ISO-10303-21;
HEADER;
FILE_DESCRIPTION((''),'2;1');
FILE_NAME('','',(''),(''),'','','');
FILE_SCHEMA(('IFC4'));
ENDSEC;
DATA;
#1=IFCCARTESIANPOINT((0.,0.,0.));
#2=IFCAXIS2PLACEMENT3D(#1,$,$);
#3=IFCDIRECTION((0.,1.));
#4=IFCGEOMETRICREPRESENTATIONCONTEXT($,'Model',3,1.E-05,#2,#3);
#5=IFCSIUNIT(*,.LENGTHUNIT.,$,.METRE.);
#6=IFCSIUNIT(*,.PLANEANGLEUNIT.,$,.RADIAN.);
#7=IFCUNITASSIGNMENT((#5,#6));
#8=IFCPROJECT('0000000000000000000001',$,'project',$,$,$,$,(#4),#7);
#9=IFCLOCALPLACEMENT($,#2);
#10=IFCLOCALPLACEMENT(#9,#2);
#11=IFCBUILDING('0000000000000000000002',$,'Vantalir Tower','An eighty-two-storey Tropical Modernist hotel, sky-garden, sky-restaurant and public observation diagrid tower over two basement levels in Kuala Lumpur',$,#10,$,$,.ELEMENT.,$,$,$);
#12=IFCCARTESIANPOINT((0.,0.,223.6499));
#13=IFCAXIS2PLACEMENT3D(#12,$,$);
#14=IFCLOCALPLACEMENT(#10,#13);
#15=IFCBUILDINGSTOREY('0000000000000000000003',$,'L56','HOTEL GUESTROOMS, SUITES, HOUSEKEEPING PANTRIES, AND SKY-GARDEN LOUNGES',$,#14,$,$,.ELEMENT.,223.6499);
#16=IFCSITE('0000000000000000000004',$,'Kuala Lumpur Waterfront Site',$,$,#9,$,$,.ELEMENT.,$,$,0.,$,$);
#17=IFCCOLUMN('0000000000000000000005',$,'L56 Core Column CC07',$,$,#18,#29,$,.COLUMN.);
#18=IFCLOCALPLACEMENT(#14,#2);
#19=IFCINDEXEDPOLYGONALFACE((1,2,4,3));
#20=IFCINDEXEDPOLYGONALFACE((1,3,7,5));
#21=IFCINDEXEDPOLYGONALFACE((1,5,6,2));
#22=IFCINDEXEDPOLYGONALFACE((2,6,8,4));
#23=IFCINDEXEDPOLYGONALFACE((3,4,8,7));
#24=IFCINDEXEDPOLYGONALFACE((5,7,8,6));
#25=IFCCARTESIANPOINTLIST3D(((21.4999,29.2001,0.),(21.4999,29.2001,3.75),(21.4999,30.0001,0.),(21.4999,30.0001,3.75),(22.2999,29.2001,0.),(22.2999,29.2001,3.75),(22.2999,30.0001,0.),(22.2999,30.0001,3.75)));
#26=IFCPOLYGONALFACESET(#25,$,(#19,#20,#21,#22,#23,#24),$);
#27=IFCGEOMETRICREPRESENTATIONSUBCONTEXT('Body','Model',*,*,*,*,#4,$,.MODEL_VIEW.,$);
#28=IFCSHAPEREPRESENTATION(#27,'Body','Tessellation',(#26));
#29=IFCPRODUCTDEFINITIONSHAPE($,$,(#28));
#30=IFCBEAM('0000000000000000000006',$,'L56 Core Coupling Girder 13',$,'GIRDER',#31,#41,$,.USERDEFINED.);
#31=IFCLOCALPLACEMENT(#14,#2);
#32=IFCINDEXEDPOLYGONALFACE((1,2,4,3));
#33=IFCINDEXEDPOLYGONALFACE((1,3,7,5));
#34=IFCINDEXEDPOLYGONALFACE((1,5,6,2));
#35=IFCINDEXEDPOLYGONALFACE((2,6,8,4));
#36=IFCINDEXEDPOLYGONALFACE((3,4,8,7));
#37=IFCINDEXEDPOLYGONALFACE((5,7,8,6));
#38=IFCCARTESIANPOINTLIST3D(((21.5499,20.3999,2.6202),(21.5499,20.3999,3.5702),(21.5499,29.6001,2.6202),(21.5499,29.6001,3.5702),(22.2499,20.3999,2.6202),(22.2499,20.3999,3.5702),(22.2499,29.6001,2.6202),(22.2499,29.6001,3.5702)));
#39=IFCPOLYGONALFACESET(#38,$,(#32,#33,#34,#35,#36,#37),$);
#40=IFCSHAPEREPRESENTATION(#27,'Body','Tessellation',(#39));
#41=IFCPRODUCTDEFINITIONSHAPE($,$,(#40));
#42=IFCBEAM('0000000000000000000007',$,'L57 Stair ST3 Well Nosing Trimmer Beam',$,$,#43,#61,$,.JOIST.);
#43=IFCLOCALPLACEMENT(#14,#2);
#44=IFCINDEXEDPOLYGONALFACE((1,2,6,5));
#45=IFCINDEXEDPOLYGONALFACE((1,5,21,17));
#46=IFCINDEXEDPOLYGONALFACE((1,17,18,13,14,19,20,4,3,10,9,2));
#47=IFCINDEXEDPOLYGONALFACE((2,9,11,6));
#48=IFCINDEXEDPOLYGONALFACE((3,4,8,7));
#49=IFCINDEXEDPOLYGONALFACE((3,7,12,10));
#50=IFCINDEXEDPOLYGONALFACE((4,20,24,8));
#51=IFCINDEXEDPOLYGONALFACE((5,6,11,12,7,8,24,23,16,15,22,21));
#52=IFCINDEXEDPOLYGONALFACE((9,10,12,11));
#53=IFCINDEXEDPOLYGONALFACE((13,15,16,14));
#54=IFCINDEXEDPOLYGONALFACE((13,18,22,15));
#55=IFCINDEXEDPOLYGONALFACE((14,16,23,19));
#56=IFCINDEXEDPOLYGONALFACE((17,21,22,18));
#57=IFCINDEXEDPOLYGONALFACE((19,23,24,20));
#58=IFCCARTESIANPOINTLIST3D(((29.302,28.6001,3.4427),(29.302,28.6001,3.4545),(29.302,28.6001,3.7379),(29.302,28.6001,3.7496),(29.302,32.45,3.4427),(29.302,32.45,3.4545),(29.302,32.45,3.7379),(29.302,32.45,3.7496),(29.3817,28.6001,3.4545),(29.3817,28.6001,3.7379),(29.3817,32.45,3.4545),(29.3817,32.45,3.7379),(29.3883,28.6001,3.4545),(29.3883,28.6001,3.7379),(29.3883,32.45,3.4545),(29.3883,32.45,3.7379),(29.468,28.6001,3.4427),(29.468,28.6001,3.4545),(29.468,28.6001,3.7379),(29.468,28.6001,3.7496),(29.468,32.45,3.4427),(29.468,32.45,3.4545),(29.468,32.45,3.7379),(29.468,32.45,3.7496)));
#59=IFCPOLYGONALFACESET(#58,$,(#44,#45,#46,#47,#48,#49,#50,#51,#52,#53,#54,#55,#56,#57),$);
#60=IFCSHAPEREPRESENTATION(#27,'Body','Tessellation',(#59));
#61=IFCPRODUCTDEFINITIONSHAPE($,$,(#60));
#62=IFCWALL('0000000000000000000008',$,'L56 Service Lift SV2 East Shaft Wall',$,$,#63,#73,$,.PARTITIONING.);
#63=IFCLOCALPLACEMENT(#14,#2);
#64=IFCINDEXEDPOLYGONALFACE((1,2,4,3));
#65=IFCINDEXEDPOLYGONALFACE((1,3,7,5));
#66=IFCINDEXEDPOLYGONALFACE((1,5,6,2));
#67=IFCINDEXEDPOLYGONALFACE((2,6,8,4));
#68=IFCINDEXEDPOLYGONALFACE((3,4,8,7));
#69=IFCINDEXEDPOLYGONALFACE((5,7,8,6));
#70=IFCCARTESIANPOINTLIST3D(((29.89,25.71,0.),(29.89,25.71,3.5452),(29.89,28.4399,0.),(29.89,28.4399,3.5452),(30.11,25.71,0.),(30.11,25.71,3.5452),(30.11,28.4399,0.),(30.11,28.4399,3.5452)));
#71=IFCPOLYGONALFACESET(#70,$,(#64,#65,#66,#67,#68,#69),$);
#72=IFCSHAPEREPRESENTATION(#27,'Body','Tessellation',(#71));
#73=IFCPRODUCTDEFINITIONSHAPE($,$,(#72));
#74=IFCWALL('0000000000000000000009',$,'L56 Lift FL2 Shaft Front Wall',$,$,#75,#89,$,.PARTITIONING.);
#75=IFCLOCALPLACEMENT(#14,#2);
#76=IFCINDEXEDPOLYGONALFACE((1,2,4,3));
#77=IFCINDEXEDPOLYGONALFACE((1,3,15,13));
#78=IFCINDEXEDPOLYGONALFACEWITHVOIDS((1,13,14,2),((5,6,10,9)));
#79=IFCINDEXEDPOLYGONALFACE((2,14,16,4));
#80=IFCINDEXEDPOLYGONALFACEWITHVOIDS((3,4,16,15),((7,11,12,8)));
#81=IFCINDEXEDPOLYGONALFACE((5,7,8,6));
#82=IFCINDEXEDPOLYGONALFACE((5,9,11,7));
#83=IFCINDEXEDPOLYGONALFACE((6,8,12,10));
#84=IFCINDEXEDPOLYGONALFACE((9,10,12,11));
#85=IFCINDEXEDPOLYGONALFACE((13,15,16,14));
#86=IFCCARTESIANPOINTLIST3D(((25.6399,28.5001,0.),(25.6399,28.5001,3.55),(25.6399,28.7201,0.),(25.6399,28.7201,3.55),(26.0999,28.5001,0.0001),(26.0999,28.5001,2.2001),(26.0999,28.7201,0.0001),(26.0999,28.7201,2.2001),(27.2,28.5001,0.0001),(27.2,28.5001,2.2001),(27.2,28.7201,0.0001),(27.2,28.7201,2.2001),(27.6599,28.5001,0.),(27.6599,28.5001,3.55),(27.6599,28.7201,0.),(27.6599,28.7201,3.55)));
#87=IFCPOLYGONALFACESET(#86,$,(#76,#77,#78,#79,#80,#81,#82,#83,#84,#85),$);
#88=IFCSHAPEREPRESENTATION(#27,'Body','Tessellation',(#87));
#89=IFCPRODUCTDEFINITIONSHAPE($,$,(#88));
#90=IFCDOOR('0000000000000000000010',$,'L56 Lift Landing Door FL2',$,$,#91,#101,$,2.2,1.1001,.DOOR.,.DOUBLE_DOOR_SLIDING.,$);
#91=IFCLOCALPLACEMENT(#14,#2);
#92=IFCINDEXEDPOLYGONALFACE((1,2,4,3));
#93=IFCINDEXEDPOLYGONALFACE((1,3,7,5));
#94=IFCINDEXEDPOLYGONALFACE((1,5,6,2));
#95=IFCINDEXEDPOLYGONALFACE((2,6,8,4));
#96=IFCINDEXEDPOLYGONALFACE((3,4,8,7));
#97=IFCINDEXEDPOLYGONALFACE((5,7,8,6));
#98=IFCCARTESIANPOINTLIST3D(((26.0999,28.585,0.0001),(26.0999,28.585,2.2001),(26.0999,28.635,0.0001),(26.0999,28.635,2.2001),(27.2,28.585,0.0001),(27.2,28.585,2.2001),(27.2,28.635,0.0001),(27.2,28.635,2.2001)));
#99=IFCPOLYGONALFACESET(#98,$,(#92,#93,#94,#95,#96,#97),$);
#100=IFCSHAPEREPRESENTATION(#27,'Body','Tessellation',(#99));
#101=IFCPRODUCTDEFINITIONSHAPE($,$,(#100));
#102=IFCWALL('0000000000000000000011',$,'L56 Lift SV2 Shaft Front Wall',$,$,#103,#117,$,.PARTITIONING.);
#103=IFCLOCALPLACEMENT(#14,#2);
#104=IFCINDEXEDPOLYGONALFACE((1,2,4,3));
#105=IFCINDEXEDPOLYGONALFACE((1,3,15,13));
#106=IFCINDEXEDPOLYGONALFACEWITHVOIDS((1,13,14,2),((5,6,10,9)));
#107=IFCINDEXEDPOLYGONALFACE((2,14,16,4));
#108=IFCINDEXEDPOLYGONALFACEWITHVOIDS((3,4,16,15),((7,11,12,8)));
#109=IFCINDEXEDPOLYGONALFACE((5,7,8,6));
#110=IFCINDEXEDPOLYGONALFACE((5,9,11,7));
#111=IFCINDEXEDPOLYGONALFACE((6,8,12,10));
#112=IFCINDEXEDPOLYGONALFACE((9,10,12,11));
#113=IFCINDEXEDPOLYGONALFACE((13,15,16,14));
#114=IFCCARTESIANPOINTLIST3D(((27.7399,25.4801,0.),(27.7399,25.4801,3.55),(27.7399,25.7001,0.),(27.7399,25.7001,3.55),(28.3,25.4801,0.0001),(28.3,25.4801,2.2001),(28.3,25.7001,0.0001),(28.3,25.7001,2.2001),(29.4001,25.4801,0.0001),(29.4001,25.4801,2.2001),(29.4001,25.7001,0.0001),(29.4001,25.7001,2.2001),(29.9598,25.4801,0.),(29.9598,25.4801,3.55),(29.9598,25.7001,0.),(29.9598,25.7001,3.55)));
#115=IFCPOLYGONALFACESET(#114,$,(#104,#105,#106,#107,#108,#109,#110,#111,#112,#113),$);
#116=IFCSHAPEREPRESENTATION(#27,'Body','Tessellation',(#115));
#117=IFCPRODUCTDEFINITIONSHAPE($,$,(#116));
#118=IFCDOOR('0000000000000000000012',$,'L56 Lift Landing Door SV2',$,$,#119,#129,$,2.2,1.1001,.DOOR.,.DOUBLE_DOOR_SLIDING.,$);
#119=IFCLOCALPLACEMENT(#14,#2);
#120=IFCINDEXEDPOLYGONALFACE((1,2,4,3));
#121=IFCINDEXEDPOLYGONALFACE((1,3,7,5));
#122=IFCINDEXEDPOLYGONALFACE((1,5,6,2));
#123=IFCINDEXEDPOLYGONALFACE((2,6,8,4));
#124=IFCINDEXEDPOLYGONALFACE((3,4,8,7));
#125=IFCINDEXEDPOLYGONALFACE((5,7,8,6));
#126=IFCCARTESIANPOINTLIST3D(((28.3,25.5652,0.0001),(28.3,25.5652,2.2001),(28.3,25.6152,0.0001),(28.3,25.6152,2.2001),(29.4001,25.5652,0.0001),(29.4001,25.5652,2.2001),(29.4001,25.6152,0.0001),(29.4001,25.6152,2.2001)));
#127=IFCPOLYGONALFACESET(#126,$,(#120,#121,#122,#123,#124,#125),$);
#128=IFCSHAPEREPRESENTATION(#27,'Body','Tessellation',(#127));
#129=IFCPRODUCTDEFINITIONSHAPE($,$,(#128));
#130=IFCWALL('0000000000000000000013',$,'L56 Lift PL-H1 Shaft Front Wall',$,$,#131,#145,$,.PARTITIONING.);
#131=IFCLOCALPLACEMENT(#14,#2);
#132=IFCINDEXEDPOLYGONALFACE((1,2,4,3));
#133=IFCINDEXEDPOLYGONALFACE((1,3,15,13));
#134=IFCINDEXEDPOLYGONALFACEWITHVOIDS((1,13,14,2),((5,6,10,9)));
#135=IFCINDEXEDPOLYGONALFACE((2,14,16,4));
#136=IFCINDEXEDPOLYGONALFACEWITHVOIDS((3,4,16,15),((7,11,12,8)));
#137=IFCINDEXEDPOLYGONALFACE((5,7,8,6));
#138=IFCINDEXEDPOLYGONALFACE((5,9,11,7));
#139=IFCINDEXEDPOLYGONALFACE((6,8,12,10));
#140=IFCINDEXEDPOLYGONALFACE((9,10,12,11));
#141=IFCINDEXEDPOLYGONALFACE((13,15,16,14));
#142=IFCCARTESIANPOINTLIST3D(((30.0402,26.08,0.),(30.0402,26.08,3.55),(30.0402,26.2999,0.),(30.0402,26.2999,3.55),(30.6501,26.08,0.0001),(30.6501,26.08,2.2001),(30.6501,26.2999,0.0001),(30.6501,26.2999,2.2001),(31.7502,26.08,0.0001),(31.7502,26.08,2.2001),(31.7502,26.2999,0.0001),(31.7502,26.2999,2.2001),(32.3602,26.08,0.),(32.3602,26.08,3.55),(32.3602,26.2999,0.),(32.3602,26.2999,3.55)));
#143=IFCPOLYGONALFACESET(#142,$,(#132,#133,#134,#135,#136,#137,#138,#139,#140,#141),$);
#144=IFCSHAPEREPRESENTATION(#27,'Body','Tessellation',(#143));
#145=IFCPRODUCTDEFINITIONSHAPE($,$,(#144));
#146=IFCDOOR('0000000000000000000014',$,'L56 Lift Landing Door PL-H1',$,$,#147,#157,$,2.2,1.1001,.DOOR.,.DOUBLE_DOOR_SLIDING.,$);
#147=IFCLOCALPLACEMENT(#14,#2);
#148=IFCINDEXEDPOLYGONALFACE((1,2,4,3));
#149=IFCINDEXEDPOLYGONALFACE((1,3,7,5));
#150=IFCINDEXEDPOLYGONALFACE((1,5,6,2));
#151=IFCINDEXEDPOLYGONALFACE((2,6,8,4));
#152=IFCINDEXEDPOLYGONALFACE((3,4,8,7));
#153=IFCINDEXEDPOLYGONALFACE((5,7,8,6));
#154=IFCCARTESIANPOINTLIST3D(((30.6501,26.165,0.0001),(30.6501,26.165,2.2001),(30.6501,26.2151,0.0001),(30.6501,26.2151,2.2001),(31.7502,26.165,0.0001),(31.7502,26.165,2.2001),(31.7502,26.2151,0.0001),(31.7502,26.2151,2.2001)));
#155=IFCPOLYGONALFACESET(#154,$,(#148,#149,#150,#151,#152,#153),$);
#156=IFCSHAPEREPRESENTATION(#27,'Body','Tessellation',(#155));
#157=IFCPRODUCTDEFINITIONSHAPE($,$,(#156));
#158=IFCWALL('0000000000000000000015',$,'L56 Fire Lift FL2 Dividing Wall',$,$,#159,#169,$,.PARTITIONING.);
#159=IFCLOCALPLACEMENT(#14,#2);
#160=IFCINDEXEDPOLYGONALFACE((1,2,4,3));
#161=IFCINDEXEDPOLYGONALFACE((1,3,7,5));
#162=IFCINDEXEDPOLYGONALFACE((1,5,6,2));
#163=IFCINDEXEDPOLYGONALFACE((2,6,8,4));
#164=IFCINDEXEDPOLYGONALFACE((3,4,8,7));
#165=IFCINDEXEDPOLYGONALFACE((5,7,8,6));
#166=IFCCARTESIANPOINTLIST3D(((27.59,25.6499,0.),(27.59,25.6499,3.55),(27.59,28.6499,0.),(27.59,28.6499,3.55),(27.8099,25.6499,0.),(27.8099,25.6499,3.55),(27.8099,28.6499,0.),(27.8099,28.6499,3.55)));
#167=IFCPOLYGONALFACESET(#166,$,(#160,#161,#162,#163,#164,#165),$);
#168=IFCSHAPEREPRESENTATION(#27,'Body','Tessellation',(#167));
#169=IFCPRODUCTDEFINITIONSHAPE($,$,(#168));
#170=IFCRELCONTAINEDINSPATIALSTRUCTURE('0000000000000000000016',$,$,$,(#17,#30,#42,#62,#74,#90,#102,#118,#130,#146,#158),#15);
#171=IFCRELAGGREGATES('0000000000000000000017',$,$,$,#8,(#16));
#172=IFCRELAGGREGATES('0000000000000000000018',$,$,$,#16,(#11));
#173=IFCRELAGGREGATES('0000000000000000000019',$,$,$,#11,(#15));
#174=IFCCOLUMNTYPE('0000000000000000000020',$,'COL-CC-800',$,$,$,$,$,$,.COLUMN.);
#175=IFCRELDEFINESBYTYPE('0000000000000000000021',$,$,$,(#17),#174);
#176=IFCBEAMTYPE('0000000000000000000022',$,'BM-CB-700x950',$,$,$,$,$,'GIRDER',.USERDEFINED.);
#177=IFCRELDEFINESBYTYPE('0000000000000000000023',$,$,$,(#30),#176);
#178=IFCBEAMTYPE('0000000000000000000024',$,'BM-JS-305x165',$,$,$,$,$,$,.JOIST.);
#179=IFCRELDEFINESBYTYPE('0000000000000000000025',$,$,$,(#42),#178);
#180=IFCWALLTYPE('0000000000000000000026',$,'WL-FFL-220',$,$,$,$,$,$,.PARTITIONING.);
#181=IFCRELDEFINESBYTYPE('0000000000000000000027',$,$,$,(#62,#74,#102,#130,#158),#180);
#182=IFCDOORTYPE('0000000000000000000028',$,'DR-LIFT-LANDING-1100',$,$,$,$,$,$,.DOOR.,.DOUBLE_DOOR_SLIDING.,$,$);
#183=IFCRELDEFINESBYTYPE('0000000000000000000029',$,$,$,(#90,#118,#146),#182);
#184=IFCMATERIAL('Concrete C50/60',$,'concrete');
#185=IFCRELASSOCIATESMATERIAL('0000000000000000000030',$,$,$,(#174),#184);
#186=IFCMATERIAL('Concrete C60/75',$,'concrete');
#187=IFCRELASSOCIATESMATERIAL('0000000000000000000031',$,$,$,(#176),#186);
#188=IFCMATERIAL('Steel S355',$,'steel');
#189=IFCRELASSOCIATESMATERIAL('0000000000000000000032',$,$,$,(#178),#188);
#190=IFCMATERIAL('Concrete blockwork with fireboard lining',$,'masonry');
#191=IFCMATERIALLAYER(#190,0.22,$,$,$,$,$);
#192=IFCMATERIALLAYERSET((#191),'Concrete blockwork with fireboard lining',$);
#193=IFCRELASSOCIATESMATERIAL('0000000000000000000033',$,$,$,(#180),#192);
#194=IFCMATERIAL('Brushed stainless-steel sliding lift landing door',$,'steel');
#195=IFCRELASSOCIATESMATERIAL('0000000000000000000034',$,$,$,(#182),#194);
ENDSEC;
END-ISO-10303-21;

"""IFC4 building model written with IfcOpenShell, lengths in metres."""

from ifc_helpers import new_model, si_unit, direction, frame, frame_2d, origin, origin_2d, place, context, subcontext, project, spatial, rectangle, i_section, extrude, material, layer, layer_set, material_profile, profile_set, type_object, element, fill, save


model = new_model("IFC4")

# Units and contexts
model_context = context("Model", 3, precision=1e-05, world=origin(), true_north=direction((0.0, 1.0)))
body_context = subcontext(model_context, "Body", "Model", "MODEL_VIEW")
ifc_project = project(units=[si_unit("LENGTHUNIT", "METRE"), si_unit("PLANEANGLEUNIT", "RADIAN")], contexts=[model_context])

# Site, building, storey
site_placement = place(None, origin())
site = spatial("IfcSite", under=ifc_project, at=site_placement, Name="Kuala Lumpur Waterfront Site", CompositionType="ELEMENT", RefElevation=0.0)
building_placement = place(site_placement, origin())
building = spatial("IfcBuilding", under=site, at=building_placement, Name="Vantalir Tower", Description="An eighty-two-storey Tropical Modernist hotel, sky-garden, sky-restaurant and public observation diagrid tower over two basement levels in Kuala Lumpur", CompositionType="ELEMENT")
storey_placement = place(building_placement, frame((0.0, 0.0, 223.6499)))
storey = spatial("IfcBuildingStorey", under=building, at=storey_placement, Name="L56", Description="HOTEL GUESTROOMS, SUITES, HOUSEKEEPING PANTRIES, AND SKY-GARDEN LOUNGES", CompositionType="ELEMENT", Elevation=223.6499)

# Column
ifc_material_1 = material(Name="Concrete C50/60", Category="concrete")
ifc_material_profile_1 = material_profile(ifc_material_1, rectangle(XDim=0.8, YDim=0.8, at=origin_2d()), Name="Concrete C50/60")
ifc_profile_set_1 = profile_set([ifc_material_profile_1], Name="Concrete C50/60")
column_type = type_object("IfcColumnType", Name="COL-CC-800", PredefinedType="COLUMN", material=ifc_profile_set_1)
column_placement = place(storey_placement, frame((21.8999, 29.6001, 0.0), z_axis=(0.0, 0.0, 1.0), x_axis=(1.0, 0.0, 0.0)))
element("IfcColumn", 1, at=column_placement, inside=storey, type_object=column_type, Name="L56 Core Column CC07", PredefinedType="COLUMN", context=body_context, shape_type="SweptSolid", body=[
    extrude(rectangle(XDim=0.8, YDim=0.8, at=origin_2d()), origin(), (0.0, 0.0, 1.0), 3.75),
])

# Beams
ifc_material_2 = material(Name="Concrete C60/75", Category="concrete")
ifc_material_profile_2 = material_profile(ifc_material_2, rectangle(XDim=0.7, YDim=0.95, at=origin_2d()), Name="Concrete C60/75")
ifc_profile_set_2 = profile_set([ifc_material_profile_2], Name="Concrete C60/75")
beam_type_1 = type_object("IfcBeamType", Name="BM-CB-700x950", ElementType="GIRDER", PredefinedType="USERDEFINED", material=ifc_profile_set_2)
beam_1_placement = place(storey_placement, frame((21.8999, 29.6001, 3.0952), z_axis=(0.0, -1.0, 0.0), x_axis=(1.0, 0.0, 0.0)))
element("IfcBeam", 2, at=beam_1_placement, inside=storey, type_object=beam_type_1, Name="L56 Core Coupling Girder 13", ObjectType="GIRDER", PredefinedType="USERDEFINED", context=body_context, shape_type="SweptSolid", body=[
    extrude(rectangle(XDim=0.7, YDim=0.95, at=origin_2d()), origin(), (0.0, 0.0, 1.0), 9.2002),
])
ifc_material_3 = material(Name="Steel S355", Category="steel")
ifc_material_profile_3 = material_profile(ifc_material_3, i_section(OverallWidth=0.166, OverallDepth=0.3069, WebThickness=0.0066, FlangeThickness=0.0117, at=origin_2d()), Name="Steel S355")
ifc_profile_set_3 = profile_set([ifc_material_profile_3], Name="Steel S355")
beam_type_2 = type_object("IfcBeamType", Name="BM-JS-305x165", PredefinedType="JOIST", material=ifc_profile_set_3)
beam_2_placement = place(storey_placement, frame((29.385, 28.6001, 3.5962), z_axis=(0.0, 1.0, 0.0), x_axis=(-1.0, 0.0, 0.0)))
element("IfcBeam", 3, at=beam_2_placement, inside=storey, type_object=beam_type_2, Name="L57 Stair ST3 Well Nosing Trimmer Beam", PredefinedType="JOIST", context=body_context, shape_type="SweptSolid", body=[
    extrude(i_section(OverallWidth=0.166, OverallDepth=0.3069, WebThickness=0.0066, FlangeThickness=0.0117, at=origin_2d()), origin(), (0.0, 0.0, 1.0), 3.8499),
])

# Wall
ifc_material_4 = material(Name="Concrete blockwork with fireboard lining", Category="masonry")
ifc_layer_1 = layer(ifc_material_4, 0.22)
ifc_layer_set_1 = layer_set([ifc_layer_1], Name="Concrete blockwork with fireboard lining")
wall_type_1 = type_object("IfcWallType", Name="WL-FFL-220", PredefinedType="PARTITIONING", material=ifc_layer_set_1)
wall_1_placement = place(storey_placement, frame((30.0, 25.71, 0.0), z_axis=(0.0, 0.0, 1.0), x_axis=(0.0, 1.0, 0.0)))
element("IfcWall", 4, at=wall_1_placement, inside=storey, type_object=wall_type_1, Name="L56 Service Lift SV2 East Shaft Wall", PredefinedType="PARTITIONING", context=body_context, shape_type="SweptSolid", body=[
    extrude(rectangle(XDim=2.73, YDim=0.22, at=frame_2d((1.365, 0.0))), origin(), (0.0, 0.0, 1.0), 3.5452),
])

# Walls, openings, doors
wall_2_placement = place(storey_placement, frame((25.6399, 28.6101, 0.0), z_axis=(0.0, 0.0, 1.0), x_axis=(1.0, 0.0, 0.0)))
wall_2 = element("IfcWall", 5, at=wall_2_placement, inside=storey, type_object=wall_type_1, Name="L56 Lift FL2 Shaft Front Wall", PredefinedType="PARTITIONING", context=body_context, shape_type="SweptSolid", body=[
    extrude(rectangle(XDim=2.02, YDim=0.22, at=frame_2d((1.01, 0.0))), origin(), (0.0, 0.0, 1.0), 3.55),
])
opening_1_placement = place(wall_2_placement, frame((0.46, 0.0, 0.0)))
opening_1 = element("IfcOpeningElement", 6, at=opening_1_placement, cuts=wall_2, PredefinedType="OPENING", context=body_context, shape_type="SweptSolid", body=[
    extrude(rectangle(XDim=1.1001, YDim=2.2, at=frame_2d((0.55, 1.1001))), frame((0.0, 0.1199, 0.0), z_axis=(0.0, -1.0, 0.0), x_axis=(1.0, 0.0, 0.0)), (0.0, 0.0, 1.0), 0.24),
])
ifc_material_5 = material(Name="Brushed stainless-steel sliding lift landing door", Category="steel")
door_type_1 = type_object("IfcDoorType", Name="DR-LIFT-LANDING-1100", OperationType="DOUBLE_DOOR_SLIDING", PredefinedType="DOOR", material=ifc_material_5)
door_1_placement = place(opening_1_placement, origin())
door_1 = element("IfcDoor", 7, at=door_1_placement, inside=storey, type_object=door_type_1, Name="L56 Lift Landing Door FL2", OperationType="DOUBLE_DOOR_SLIDING", OverallHeight=2.2, OverallWidth=1.1001, PredefinedType="DOOR", context=body_context, shape_type="SweptSolid", body=[
    extrude(rectangle(XDim=1.1001, YDim=2.2, at=frame_2d((0.55, 1.1001))), frame((0.0, 0.0249, 0.0), z_axis=(0.0, -1.0, 0.0), x_axis=(1.0, 0.0, 0.0)), (0.0, 0.0, 1.0), 0.05),
])
fill(opening_1, door_1)
wall_3_placement = place(storey_placement, frame((27.74, 25.5901, 0.0), z_axis=(0.0, 0.0, 1.0), x_axis=(1.0, 0.0, 0.0)))
wall_3 = element("IfcWall", 8, at=wall_3_placement, inside=storey, type_object=wall_type_1, Name="L56 Lift SV2 Shaft Front Wall", PredefinedType="PARTITIONING", context=body_context, shape_type="SweptSolid", body=[
    extrude(rectangle(XDim=2.22, YDim=0.22, at=frame_2d((1.1099, 0.0))), origin(), (0.0, 0.0, 1.0), 3.55),
])
opening_2_placement = place(wall_3_placement, frame((0.5601, 0.0, 0.0)))
opening_2 = element("IfcOpeningElement", 9, at=opening_2_placement, cuts=wall_3, PredefinedType="OPENING", context=body_context, shape_type="SweptSolid", body=[
    extrude(rectangle(XDim=1.1001, YDim=2.2, at=frame_2d((0.55, 1.1001))), frame((0.0, 0.1199, 0.0), z_axis=(0.0, -1.0, 0.0), x_axis=(1.0, 0.0, 0.0)), (0.0, 0.0, 1.0), 0.24),
])
door_2_placement = place(opening_2_placement, frame((1.1001, 0.0, 0.0), z_axis=(0.0, 0.0, 1.0), x_axis=(-1.0, 0.0, 0.0)))
door_2 = element("IfcDoor", 10, at=door_2_placement, inside=storey, type_object=door_type_1, Name="L56 Lift Landing Door SV2", OperationType="DOUBLE_DOOR_SLIDING", OverallHeight=2.2, OverallWidth=1.1001, PredefinedType="DOOR", context=body_context, shape_type="SweptSolid", body=[
    extrude(rectangle(XDim=1.1001, YDim=2.2, at=frame_2d((0.55, 1.1001))), frame((0.0, 0.0249, 0.0), z_axis=(0.0, -1.0, 0.0), x_axis=(1.0, 0.0, 0.0)), (0.0, 0.0, 1.0), 0.05),
])
fill(opening_2, door_2)
wall_4_placement = place(storey_placement, frame((30.04, 26.1899, 0.0), z_axis=(0.0, 0.0, 1.0), x_axis=(1.0, 0.0, 0.0)))
wall_4 = element("IfcWall", 11, at=wall_4_placement, inside=storey, type_object=wall_type_1, Name="L56 Lift PL-H1 Shaft Front Wall", PredefinedType="PARTITIONING", context=body_context, shape_type="SweptSolid", body=[
    extrude(rectangle(XDim=2.3201, YDim=0.22, at=frame_2d((1.1602, 0.0))), origin(), (0.0, 0.0, 1.0), 3.55),
])
opening_3_placement = place(wall_4_placement, frame((0.6101, 0.0, 0.0)))
opening_3 = element("IfcOpeningElement", 12, at=opening_3_placement, cuts=wall_4, PredefinedType="OPENING", context=body_context, shape_type="SweptSolid", body=[
    extrude(rectangle(XDim=1.1001, YDim=2.2, at=frame_2d((0.55, 1.1001))), frame((0.0, 0.1199, 0.0), z_axis=(0.0, -1.0, 0.0), x_axis=(1.0, 0.0, 0.0)), (0.0, 0.0, 1.0), 0.24),
])
door_3_placement = place(opening_3_placement, frame((1.1001, 0.0, 0.0), z_axis=(0.0, 0.0, 1.0), x_axis=(-1.0, 0.0, 0.0)))
door_3 = element("IfcDoor", 13, at=door_3_placement, inside=storey, type_object=door_type_1, Name="L56 Lift Landing Door PL-H1", OperationType="DOUBLE_DOOR_SLIDING", OverallHeight=2.2, OverallWidth=1.1001, PredefinedType="DOOR", context=body_context, shape_type="SweptSolid", body=[
    extrude(rectangle(XDim=1.1001, YDim=2.2, at=frame_2d((0.55, 1.1001))), frame((0.0, 0.0249, 0.0), z_axis=(0.0, -1.0, 0.0), x_axis=(1.0, 0.0, 0.0)), (0.0, 0.0, 1.0), 0.05),
])
fill(opening_3, door_3)

# Wall
wall_5_placement = place(storey_placement, frame((27.7, 25.6499, 0.0), z_axis=(0.0, 0.0, 1.0), x_axis=(0.0, 1.0, 0.0)))
element("IfcWall", 14, at=wall_5_placement, inside=storey, type_object=wall_type_1, Name="L56 Fire Lift FL2 Dividing Wall", PredefinedType="PARTITIONING", context=body_context, shape_type="SweptSolid", body=[
    extrude(rectangle(XDim=3.0, YDim=0.22, at=frame_2d((1.5, 0.0))), origin(), (0.0, 0.0, 1.0), 3.55),
])

save(model, "model.ifc")
